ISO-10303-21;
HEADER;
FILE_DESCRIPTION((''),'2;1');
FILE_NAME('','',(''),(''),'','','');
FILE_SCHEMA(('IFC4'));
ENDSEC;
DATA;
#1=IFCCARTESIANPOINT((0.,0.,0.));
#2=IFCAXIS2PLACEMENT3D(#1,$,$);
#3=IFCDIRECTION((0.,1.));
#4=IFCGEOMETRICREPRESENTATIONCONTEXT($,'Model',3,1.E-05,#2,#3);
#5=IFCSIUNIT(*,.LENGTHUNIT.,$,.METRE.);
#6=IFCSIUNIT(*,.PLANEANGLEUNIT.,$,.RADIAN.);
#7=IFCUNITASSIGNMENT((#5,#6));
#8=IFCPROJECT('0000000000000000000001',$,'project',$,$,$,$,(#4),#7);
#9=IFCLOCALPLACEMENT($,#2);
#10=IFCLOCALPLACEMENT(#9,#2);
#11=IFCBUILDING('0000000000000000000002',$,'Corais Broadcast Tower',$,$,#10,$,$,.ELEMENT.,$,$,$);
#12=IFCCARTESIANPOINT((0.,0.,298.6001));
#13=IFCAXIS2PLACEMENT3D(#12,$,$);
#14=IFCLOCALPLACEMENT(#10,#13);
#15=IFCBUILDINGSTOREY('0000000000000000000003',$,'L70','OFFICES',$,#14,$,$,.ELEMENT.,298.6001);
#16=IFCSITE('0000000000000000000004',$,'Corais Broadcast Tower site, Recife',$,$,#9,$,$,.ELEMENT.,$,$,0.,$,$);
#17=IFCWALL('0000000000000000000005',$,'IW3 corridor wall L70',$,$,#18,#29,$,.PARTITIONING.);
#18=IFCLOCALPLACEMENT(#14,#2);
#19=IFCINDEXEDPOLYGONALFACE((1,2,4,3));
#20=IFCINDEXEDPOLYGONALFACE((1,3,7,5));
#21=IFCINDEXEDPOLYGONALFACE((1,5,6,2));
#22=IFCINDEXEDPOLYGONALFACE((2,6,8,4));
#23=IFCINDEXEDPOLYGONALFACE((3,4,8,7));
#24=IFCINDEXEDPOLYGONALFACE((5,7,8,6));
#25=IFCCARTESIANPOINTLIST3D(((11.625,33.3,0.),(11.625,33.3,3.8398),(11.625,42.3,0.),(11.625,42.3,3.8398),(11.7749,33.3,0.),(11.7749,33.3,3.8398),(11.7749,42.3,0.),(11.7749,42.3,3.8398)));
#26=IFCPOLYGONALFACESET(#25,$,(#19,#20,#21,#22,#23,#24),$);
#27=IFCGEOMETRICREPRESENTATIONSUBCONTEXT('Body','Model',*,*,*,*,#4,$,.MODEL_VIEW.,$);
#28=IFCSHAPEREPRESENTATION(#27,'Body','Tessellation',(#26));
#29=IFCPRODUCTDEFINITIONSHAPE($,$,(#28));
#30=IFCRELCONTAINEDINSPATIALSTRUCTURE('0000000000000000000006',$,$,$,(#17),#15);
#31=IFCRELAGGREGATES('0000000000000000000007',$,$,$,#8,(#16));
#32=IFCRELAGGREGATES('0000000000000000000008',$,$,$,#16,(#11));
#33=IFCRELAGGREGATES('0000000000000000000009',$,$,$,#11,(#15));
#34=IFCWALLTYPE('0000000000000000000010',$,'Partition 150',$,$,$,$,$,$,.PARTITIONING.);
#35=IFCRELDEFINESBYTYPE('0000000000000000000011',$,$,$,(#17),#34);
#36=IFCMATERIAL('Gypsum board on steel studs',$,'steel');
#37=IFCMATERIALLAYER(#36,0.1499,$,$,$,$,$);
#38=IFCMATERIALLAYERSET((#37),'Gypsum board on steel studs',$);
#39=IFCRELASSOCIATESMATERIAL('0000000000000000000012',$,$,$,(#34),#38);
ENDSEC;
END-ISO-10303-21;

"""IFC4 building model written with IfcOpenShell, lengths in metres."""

from ifc_helpers import new_model, si_unit, direction, frame, frame_2d, origin, place, context, subcontext, project, spatial, rectangle, extrude, material, layer, layer_set, type_object, element, save


model = new_model("IFC4")

# Units and contexts
model_context = context("Model", 3, precision=1e-05, world=origin(), true_north=direction((0.0, 1.0)))
body_context = subcontext(model_context, "Body", "Model", "MODEL_VIEW")
ifc_project = project(units=[si_unit("LENGTHUNIT", "METRE"), si_unit("PLANEANGLEUNIT", "RADIAN")], contexts=[model_context])

# Site, building, storey
site_placement = place(None, origin())
site = spatial("IfcSite", under=ifc_project, at=site_placement, Name="Corais Broadcast Tower site, Recife", CompositionType="ELEMENT", RefElevation=0.0)
building_placement = place(site_placement, origin())
building = spatial("IfcBuilding", under=site, at=building_placement, Name="Corais Broadcast Tower", CompositionType="ELEMENT")
storey_placement = place(building_placement, frame((0.0, 0.0, 298.6001)))
storey = spatial("IfcBuildingStorey", under=building, at=storey_placement, Name="L70", Description="OFFICES", CompositionType="ELEMENT", Elevation=298.6001)

# Wall
ifc_material_1 = material(Name="Gypsum board on steel studs", Category="steel")
ifc_layer_1 = layer(ifc_material_1, 0.1499)
ifc_layer_set_1 = layer_set([ifc_layer_1], Name="Gypsum board on steel studs")
wall_type = type_object("IfcWallType", Name="Partition 150", PredefinedType="PARTITIONING", material=ifc_layer_set_1)
wall_placement = place(storey_placement, frame((11.7, 42.3, 0.0), z_axis=(0.0, 0.0, 1.0), x_axis=(0.0, -1.0, 0.0)))
element("IfcWall", 1, at=wall_placement, inside=storey, type_object=wall_type, Name="IW3 corridor wall L70", PredefinedType="PARTITIONING", context=body_context, shape_type="SweptSolid", body=[
    extrude(rectangle(XDim=9.0, YDim=0.1499, at=frame_2d((4.5, 0.0))), origin(), (0.0, 0.0, 1.0), 3.8398),
])

save(model, "model.ifc")
